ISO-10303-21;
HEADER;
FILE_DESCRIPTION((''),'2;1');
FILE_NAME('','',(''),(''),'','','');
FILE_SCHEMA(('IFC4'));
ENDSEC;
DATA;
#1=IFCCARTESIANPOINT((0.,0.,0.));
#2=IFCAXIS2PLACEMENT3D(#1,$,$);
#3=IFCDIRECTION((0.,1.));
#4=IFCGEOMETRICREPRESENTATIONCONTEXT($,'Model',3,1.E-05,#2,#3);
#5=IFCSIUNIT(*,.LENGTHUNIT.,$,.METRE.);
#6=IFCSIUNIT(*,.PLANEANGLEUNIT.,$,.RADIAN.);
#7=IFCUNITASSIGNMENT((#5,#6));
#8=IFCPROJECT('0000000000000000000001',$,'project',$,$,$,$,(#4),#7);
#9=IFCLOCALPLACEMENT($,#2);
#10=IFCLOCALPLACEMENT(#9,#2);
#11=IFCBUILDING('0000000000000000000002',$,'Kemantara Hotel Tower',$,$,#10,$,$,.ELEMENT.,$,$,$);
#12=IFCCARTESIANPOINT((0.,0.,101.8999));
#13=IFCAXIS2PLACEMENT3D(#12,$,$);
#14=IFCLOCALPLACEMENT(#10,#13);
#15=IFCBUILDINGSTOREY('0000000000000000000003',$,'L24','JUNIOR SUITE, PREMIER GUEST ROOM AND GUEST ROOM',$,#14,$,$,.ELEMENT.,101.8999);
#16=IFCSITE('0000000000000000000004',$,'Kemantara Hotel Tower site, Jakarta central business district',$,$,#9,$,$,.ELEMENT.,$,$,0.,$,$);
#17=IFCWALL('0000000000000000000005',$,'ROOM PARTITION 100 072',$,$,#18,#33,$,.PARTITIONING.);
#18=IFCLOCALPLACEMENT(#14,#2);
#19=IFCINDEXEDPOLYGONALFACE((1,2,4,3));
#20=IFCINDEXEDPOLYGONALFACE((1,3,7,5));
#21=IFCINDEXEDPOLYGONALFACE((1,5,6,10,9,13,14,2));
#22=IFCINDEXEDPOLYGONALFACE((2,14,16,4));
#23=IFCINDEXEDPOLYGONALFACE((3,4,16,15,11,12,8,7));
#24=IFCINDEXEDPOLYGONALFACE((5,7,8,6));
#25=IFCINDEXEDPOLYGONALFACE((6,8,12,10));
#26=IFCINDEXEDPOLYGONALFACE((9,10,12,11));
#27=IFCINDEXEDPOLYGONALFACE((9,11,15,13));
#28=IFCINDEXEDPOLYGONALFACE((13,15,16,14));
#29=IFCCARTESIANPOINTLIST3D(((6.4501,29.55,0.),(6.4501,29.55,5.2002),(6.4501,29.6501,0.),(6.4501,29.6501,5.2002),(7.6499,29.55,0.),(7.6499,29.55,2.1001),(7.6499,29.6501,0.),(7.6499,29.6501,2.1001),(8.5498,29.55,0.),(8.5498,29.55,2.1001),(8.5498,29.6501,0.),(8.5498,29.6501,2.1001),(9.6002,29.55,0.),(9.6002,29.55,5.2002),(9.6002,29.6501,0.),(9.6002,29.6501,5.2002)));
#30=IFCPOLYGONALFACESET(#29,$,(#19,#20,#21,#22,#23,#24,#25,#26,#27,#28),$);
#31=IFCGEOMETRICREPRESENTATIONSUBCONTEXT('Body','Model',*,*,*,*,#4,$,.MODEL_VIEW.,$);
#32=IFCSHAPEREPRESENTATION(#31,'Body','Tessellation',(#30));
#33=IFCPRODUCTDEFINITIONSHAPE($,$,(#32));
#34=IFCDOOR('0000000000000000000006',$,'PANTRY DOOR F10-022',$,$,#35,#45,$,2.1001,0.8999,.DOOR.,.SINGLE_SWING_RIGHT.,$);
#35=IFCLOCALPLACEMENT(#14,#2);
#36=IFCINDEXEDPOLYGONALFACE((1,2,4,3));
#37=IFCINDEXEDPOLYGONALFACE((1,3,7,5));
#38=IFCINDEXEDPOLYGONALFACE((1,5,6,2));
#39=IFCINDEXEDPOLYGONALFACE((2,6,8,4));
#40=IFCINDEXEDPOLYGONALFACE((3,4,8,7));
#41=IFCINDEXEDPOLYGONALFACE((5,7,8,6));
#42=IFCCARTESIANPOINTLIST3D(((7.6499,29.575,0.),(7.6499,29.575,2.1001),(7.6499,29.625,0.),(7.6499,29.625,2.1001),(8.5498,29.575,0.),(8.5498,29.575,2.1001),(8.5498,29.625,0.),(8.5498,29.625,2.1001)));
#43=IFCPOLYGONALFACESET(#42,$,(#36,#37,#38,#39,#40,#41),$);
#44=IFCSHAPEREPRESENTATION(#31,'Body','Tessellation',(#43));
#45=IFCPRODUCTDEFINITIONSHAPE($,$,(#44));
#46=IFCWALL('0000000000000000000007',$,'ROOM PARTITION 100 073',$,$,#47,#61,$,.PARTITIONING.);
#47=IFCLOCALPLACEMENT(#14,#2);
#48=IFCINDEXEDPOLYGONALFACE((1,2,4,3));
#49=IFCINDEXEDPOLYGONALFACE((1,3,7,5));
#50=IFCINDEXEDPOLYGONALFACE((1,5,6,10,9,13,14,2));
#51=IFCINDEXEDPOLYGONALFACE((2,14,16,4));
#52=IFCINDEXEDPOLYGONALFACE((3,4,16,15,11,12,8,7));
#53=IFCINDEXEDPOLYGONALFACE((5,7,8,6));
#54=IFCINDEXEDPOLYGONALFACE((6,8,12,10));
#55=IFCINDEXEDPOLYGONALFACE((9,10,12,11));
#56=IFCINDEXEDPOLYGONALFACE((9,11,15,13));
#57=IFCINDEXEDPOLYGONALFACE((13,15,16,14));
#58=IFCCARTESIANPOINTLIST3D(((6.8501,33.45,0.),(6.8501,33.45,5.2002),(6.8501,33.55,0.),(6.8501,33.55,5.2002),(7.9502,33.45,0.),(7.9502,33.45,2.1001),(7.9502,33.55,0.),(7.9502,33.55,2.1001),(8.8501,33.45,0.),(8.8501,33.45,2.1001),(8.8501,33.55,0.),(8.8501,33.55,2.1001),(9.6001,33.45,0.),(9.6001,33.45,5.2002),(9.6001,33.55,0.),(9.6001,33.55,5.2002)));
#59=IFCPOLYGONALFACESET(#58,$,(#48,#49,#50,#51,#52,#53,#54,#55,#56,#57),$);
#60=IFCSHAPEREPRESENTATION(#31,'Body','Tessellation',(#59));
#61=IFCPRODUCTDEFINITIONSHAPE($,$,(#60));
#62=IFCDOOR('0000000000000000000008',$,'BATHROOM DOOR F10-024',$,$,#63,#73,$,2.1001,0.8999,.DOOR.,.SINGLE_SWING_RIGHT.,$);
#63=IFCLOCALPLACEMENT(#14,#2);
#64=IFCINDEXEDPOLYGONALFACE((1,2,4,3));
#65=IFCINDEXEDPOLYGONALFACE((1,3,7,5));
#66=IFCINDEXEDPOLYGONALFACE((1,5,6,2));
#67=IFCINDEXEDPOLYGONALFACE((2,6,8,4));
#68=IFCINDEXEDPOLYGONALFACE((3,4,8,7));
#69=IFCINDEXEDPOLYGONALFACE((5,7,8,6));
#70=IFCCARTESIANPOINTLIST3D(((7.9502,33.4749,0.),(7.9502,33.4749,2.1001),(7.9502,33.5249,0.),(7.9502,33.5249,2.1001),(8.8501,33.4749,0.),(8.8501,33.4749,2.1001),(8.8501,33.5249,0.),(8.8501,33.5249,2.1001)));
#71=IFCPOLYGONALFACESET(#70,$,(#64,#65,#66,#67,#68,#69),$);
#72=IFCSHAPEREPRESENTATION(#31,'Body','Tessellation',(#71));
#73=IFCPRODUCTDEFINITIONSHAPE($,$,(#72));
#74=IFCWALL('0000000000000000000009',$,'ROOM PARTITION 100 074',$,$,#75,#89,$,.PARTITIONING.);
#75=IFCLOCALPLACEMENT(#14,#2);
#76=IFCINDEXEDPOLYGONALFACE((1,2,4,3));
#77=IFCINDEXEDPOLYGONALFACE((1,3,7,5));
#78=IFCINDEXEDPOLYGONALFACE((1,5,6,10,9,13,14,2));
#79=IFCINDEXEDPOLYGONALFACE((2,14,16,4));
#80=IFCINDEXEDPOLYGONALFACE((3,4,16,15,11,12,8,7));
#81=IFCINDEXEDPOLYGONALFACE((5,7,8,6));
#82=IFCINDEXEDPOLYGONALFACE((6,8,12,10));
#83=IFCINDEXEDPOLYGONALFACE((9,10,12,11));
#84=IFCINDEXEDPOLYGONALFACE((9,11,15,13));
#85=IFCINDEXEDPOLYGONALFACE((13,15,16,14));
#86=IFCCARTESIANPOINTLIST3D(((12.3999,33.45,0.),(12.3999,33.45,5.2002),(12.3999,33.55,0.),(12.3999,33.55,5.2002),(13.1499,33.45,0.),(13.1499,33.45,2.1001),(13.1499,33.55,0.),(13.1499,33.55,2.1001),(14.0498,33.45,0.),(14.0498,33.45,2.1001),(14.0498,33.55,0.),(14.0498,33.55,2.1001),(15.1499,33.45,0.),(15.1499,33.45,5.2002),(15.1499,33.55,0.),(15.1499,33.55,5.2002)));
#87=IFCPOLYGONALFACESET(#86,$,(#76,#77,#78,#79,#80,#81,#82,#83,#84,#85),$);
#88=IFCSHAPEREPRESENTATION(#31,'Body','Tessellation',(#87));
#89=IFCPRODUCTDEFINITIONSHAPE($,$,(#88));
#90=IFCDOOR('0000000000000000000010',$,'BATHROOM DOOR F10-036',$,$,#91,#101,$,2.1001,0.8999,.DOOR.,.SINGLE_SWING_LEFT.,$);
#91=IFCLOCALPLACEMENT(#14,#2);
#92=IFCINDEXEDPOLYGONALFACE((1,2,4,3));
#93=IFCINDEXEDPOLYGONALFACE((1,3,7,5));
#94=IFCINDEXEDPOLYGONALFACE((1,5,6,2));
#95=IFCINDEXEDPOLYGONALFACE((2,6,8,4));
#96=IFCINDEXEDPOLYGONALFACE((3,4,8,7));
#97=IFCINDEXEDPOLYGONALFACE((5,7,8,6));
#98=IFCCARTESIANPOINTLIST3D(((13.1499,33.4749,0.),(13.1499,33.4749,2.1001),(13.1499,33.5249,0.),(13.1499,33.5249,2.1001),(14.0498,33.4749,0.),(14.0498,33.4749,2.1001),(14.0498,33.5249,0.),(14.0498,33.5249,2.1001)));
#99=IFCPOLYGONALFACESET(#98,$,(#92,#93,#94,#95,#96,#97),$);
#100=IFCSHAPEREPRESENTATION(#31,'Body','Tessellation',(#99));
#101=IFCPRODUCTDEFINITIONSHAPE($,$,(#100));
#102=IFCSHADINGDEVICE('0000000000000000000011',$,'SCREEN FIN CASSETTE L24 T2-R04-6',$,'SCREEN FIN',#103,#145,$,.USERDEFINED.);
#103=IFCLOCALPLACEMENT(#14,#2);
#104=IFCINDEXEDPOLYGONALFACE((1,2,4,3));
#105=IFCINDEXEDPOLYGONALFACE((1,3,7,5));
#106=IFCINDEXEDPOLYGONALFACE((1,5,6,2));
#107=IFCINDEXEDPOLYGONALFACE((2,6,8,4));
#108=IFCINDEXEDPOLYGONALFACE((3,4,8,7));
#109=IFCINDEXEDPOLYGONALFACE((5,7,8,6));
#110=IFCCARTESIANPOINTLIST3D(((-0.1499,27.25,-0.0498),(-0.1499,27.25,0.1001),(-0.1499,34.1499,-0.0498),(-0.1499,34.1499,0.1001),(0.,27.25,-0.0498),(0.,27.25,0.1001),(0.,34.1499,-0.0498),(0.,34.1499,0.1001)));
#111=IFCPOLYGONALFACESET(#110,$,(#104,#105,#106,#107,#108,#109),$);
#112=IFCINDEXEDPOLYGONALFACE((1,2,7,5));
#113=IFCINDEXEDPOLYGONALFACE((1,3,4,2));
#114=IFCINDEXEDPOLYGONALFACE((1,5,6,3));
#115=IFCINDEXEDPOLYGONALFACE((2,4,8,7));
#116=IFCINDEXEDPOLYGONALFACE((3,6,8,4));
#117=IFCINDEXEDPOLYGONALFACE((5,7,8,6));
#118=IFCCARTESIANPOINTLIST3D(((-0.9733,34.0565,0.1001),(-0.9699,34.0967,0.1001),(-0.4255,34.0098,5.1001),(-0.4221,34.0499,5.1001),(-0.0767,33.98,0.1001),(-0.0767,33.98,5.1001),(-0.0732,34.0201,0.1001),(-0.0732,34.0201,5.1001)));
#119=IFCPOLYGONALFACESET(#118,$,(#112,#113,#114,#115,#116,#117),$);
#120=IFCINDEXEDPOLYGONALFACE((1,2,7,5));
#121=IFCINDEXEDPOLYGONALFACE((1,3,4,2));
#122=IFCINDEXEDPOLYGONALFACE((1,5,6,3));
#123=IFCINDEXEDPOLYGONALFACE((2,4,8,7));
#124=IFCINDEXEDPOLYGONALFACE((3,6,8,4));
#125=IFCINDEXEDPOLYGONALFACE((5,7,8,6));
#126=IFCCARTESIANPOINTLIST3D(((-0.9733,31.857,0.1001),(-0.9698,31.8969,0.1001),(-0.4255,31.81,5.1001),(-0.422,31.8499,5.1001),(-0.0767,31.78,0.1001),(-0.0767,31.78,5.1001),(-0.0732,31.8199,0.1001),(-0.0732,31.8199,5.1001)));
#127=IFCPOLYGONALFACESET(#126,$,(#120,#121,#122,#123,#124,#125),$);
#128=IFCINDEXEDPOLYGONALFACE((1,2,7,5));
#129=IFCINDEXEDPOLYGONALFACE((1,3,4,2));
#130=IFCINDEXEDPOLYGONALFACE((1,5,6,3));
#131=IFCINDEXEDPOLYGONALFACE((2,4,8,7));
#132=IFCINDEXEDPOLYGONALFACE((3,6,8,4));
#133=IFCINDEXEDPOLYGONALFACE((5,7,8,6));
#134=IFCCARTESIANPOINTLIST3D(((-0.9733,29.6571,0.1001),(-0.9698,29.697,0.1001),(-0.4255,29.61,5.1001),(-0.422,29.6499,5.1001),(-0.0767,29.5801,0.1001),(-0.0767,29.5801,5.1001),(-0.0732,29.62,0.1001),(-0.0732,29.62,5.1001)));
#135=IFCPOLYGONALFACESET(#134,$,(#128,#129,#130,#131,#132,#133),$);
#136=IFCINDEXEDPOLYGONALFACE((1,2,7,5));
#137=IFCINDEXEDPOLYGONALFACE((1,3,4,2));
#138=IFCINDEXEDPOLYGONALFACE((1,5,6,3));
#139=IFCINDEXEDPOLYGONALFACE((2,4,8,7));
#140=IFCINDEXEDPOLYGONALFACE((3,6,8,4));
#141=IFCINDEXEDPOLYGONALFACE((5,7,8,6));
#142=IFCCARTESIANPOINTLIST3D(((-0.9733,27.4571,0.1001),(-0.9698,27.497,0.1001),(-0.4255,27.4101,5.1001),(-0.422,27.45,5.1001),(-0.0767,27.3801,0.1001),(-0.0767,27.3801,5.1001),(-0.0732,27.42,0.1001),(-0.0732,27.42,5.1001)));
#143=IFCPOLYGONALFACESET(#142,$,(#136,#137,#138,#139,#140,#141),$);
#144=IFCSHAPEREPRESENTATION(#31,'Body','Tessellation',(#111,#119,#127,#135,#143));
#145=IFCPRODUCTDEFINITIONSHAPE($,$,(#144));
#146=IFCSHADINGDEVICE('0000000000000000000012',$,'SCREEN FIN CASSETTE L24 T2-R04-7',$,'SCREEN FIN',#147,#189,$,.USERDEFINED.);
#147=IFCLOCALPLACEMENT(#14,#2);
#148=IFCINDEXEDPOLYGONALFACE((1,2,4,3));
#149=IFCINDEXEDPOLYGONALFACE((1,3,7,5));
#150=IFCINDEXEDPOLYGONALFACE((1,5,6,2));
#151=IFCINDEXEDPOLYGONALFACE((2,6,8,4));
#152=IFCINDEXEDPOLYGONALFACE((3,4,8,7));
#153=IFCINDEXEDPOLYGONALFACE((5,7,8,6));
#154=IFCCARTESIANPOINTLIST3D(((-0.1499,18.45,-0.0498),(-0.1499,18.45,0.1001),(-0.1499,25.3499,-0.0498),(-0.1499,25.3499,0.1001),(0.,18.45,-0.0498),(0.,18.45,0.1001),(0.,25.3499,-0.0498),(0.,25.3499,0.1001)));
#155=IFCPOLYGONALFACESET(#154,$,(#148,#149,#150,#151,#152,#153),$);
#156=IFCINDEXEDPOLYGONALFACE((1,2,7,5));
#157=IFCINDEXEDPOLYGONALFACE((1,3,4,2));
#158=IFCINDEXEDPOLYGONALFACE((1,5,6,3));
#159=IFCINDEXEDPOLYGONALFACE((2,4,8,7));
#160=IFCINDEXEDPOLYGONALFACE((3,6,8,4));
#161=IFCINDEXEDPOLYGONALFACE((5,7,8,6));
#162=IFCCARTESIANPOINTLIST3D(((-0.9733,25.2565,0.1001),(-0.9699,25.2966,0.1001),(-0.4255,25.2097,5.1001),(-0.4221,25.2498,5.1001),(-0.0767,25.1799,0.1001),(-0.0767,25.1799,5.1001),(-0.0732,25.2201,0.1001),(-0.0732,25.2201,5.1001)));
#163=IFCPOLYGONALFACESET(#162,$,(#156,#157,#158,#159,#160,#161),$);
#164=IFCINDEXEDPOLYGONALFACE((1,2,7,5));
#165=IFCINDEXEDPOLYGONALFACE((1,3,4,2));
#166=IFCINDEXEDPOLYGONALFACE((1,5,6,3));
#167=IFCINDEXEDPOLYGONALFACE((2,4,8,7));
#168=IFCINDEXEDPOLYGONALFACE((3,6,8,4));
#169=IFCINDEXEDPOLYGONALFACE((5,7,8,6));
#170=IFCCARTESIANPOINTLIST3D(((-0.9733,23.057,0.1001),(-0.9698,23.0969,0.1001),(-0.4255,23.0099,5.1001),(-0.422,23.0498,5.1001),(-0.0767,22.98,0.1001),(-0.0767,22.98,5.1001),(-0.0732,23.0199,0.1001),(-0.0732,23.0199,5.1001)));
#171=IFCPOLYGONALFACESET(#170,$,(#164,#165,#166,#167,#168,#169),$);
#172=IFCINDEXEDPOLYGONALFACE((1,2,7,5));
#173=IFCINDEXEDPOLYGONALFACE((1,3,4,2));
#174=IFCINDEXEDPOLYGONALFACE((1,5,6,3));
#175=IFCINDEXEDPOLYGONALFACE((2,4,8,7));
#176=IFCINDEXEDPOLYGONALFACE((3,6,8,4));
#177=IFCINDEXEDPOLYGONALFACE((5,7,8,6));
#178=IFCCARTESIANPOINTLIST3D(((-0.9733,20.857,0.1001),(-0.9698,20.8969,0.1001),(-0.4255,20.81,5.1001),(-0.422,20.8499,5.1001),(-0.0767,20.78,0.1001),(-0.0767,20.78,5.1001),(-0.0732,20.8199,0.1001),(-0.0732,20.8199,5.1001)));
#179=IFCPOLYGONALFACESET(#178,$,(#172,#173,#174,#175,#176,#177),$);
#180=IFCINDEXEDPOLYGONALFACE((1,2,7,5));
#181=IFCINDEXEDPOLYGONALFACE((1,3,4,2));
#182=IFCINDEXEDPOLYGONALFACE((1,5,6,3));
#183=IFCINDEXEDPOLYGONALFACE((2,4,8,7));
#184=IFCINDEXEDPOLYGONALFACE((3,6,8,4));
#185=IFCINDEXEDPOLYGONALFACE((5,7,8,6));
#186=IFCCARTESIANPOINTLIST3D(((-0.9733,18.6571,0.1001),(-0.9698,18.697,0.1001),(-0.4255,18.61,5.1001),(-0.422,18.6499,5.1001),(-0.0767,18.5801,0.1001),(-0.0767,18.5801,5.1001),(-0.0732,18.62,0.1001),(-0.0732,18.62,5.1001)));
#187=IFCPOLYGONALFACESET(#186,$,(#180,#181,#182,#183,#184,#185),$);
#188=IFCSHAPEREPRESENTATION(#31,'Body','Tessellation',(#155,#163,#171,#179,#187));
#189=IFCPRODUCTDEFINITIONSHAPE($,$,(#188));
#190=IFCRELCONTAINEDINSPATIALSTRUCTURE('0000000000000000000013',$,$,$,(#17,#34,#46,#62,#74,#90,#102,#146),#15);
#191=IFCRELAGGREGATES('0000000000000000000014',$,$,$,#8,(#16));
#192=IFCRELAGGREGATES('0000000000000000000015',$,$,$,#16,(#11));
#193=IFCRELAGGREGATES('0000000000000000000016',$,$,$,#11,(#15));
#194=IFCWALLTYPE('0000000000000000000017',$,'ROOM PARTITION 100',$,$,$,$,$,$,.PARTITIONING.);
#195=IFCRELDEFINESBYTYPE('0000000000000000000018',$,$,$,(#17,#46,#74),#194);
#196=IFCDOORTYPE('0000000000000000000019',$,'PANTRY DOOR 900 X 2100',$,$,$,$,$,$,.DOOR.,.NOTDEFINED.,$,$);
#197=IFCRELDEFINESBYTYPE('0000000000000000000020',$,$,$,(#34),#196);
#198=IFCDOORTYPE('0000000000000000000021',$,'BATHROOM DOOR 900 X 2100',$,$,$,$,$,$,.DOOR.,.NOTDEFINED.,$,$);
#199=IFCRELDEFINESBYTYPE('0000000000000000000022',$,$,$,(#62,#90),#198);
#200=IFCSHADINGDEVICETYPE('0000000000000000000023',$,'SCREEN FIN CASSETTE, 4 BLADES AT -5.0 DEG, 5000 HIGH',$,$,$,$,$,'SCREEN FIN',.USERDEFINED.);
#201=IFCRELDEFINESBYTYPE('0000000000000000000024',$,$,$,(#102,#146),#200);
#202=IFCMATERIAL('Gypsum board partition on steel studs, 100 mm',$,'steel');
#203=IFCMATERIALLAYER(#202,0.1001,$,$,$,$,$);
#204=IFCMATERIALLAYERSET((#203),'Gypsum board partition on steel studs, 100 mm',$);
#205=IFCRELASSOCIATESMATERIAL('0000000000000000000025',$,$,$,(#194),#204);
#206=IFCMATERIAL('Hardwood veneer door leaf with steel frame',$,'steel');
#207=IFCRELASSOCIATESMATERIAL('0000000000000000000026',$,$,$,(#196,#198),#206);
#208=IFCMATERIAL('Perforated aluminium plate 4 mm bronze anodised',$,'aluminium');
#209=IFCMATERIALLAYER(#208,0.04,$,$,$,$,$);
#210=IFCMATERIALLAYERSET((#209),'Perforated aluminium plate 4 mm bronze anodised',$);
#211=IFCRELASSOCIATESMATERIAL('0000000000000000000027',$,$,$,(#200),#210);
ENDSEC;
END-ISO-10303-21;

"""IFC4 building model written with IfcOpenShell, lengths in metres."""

from ifc_helpers import new_model, si_unit, direction, frame, frame_2d, origin, origin_2d, place, context, subcontext, project, spatial, polyline, rectangle, outline, extrude, source, transform, mapped, material, layer, layer_set, type_object, element, fill, save


model = new_model("IFC4")

# Units and contexts
model_context = context("Model", 3, precision=1e-05, world=origin(), true_north=direction((0.0, 1.0)))
body_context = subcontext(model_context, "Body", "Model", "MODEL_VIEW")
ifc_project = project(units=[si_unit("LENGTHUNIT", "METRE"), si_unit("PLANEANGLEUNIT", "RADIAN")], contexts=[model_context])

# Site, building, storey
site_placement = place(None, origin())
site = spatial("IfcSite", under=ifc_project, at=site_placement, Name="Kemantara Hotel Tower site, Jakarta central business district", CompositionType="ELEMENT", RefElevation=0.0)
building_placement = place(site_placement, origin())
building = spatial("IfcBuilding", under=site, at=building_placement, Name="Kemantara Hotel Tower", CompositionType="ELEMENT")
storey_placement = place(building_placement, frame((0.0, 0.0, 101.8999)))
storey = spatial("IfcBuildingStorey", under=building, at=storey_placement, Name="L24", Description="JUNIOR SUITE, PREMIER GUEST ROOM AND GUEST ROOM", CompositionType="ELEMENT", Elevation=101.8999)

# Shared definitions
ifc_material_1 = material(Name="Hardwood veneer door leaf with steel frame", Category="steel")

# Shared definitions
ifc_material_2 = material(Name="Gypsum board partition on steel studs, 100 mm", Category="steel")
ifc_layer_1 = layer(ifc_material_2, 0.1001)
ifc_layer_set_1 = layer_set([ifc_layer_1], Name="Gypsum board partition on steel studs, 100 mm")
wall_type_1 = type_object("IfcWallType", Name="ROOM PARTITION 100", PredefinedType="PARTITIONING", material=ifc_layer_set_1)

# Walls, openings, doors
wall_1_placement = place(storey_placement, frame((6.45, 29.6001, 0.0), z_axis=(0.0, 0.0, 1.0), x_axis=(1.0, 0.0, 0.0)))
wall_1 = element("IfcWall", 1, at=wall_1_placement, inside=storey, type_object=wall_type_1, Name="ROOM PARTITION 100 072", PredefinedType="PARTITIONING", context=body_context, shape_type="SweptSolid", body=[
    extrude(rectangle(XDim=3.1501, YDim=0.1001, at=frame_2d((1.5752, 0.0))), origin(), (0.0, 0.0, 1.0), 5.2002),
])
opening_1_placement = place(wall_1_placement, frame((1.2, 0.0, 0.0)))
opening_1 = element("IfcOpeningElement", 2, at=opening_1_placement, cuts=wall_1, PredefinedType="OPENING", context=body_context, shape_type="SweptSolid", body=[
    extrude(rectangle(XDim=0.8999, YDim=2.1001, at=frame_2d((0.45, 1.05))), frame((0.0, 0.0601, 0.0), z_axis=(0.0, -1.0, 0.0), x_axis=(1.0, 0.0, 0.0)), (0.0, 0.0, 1.0), 0.1201),
])
door_type_1 = type_object("IfcDoorType", Name="PANTRY DOOR 900 X 2100", OperationType="NOTDEFINED", PredefinedType="DOOR", material=ifc_material_1)
door_1_placement = place(opening_1_placement, origin())
door_1 = element("IfcDoor", 3, at=door_1_placement, inside=storey, type_object=door_type_1, Name="PANTRY DOOR F10-022", OperationType="SINGLE_SWING_RIGHT", OverallHeight=2.1001, OverallWidth=0.8999, PredefinedType="DOOR", context=body_context, shape_type="SweptSolid", body=[
    extrude(rectangle(XDim=0.8999, YDim=2.1001, at=frame_2d((0.45, 1.05))), frame((0.0, 0.0249, 0.0), z_axis=(0.0, -1.0, 0.0), x_axis=(1.0, 0.0, 0.0)), (0.0, 0.0, 1.0), 0.05),
])
fill(opening_1, door_1)
wall_2_placement = place(storey_placement, frame((6.8501, 33.5, 0.0), z_axis=(0.0, 0.0, 1.0), x_axis=(1.0, 0.0, 0.0)))
wall_2 = element("IfcWall", 4, at=wall_2_placement, inside=storey, type_object=wall_type_1, Name="ROOM PARTITION 100 073", PredefinedType="PARTITIONING", context=body_context, shape_type="SweptSolid", body=[
    extrude(rectangle(XDim=2.75, YDim=0.1001, at=frame_2d((1.375, 0.0))), origin(), (0.0, 0.0, 1.0), 5.2002),
])
opening_2_placement = place(wall_2_placement, frame((1.1001, 0.0, 0.0)))
opening_2 = element("IfcOpeningElement", 5, at=opening_2_placement, cuts=wall_2, PredefinedType="OPENING", context=body_context, shape_type="SweptSolid", body=[
    extrude(rectangle(XDim=0.8999, YDim=2.1001, at=frame_2d((0.45, 1.05))), frame((0.0, 0.0601, 0.0), z_axis=(0.0, -1.0, 0.0), x_axis=(1.0, 0.0, 0.0)), (0.0, 0.0, 1.0), 0.1201),
])
door_type_2 = type_object("IfcDoorType", Name="BATHROOM DOOR 900 X 2100", OperationType="NOTDEFINED", PredefinedType="DOOR", material=ifc_material_1)
door_2_placement = place(opening_2_placement, origin())
door_2 = element("IfcDoor", 6, at=door_2_placement, inside=storey, type_object=door_type_2, Name="BATHROOM DOOR F10-024", OperationType="SINGLE_SWING_RIGHT", OverallHeight=2.1001, OverallWidth=0.8999, PredefinedType="DOOR", context=body_context, shape_type="SweptSolid", body=[
    extrude(rectangle(XDim=0.8999, YDim=2.1001, at=frame_2d((0.45, 1.05))), frame((0.0, 0.0249, 0.0), z_axis=(0.0, -1.0, 0.0), x_axis=(1.0, 0.0, 0.0)), (0.0, 0.0, 1.0), 0.05),
])
fill(opening_2, door_2)
wall_3_placement = place(storey_placement, frame((12.3999, 33.5, 0.0), z_axis=(0.0, 0.0, 1.0), x_axis=(1.0, 0.0, 0.0)))
wall_3 = element("IfcWall", 7, at=wall_3_placement, inside=storey, type_object=wall_type_1, Name="ROOM PARTITION 100 074", PredefinedType="PARTITIONING", context=body_context, shape_type="SweptSolid", body=[
    extrude(rectangle(XDim=2.75, YDim=0.1001, at=frame_2d((1.375, 0.0))), origin(), (0.0, 0.0, 1.0), 5.2002),
])
opening_3_placement = place(wall_3_placement, frame((0.75, 0.0, 0.0)))
opening_3 = element("IfcOpeningElement", 8, at=opening_3_placement, cuts=wall_3, PredefinedType="OPENING", context=body_context, shape_type="SweptSolid", body=[
    extrude(rectangle(XDim=0.8999, YDim=2.1001, at=frame_2d((0.45, 1.05))), frame((0.0, 0.0601, 0.0), z_axis=(0.0, -1.0, 0.0), x_axis=(1.0, 0.0, 0.0)), (0.0, 0.0, 1.0), 0.1201),
])
door_3_placement = place(opening_3_placement, origin())
door_3 = element("IfcDoor", 9, at=door_3_placement, inside=storey, type_object=door_type_2, Name="BATHROOM DOOR F10-036", OperationType="SINGLE_SWING_LEFT", OverallHeight=2.1001, OverallWidth=0.8999, PredefinedType="DOOR", context=body_context, shape_type="SweptSolid", body=[
    extrude(rectangle(XDim=0.8999, YDim=2.1001, at=frame_2d((0.45, 1.05))), frame((0.0, 0.0249, 0.0), z_axis=(0.0, -1.0, 0.0), x_axis=(1.0, 0.0, 0.0)), (0.0, 0.0, 1.0), 0.05),
])
fill(opening_3, door_3)

# Shading devices
ifc_material_3 = material(Name="Perforated aluminium plate 4 mm bronze anodised", Category="aluminium")
ifc_layer_2 = layer(ifc_material_3, 0.04)
ifc_layer_set_2 = layer_set([ifc_layer_2], Name="Perforated aluminium plate 4 mm bronze anodised")
shading_device_type = type_object("IfcShadingDeviceType", Name="SCREEN FIN CASSETTE, 4 BLADES AT -5.0 DEG, 5000 HIGH", ElementType="SCREEN FIN", PredefinedType="USERDEFINED", material=ifc_layer_set_2)
shared_shape = source(origin(), body_context, "Body", "SweptSolid", [
    extrude(rectangle(XDim=6.8999, YDim=0.1499, at=origin_2d()), frame((3.3, -0.075, -0.1499), z_axis=(0.0, 0.0, 1.0), x_axis=(1.0, 0.0, 0.0)), (0.0, 0.0, 1.0), 0.1499),
    extrude(outline(polyline([(0.0, 0.0), (0.8999, 0.0), (0.3501, 5.0), (0.0, 5.0), (0.0, 0.0)])), frame((0.02, -0.0767, 0.0), z_axis=(-0.996376, 0.085056, 0.0), x_axis=(-0.085056, -0.996376, 0.0)), (0.0, 0.0, 1.0), 0.0403),
    extrude(outline(polyline([(0.0, 0.0), (0.8999, 0.0), (0.3501, 5.0), (0.0, 5.0), (0.0, 0.0)])), frame((2.22, -0.0767, 0.0), z_axis=(-0.996332, 0.085575, 0.0), x_axis=(-0.085575, -0.996332, 0.0)), (0.0, 0.0, 1.0), 0.04),
    extrude(outline(polyline([(0.0, 0.0), (0.8999, 0.0), (0.3501, 5.0), (0.0, 5.0), (0.0, 0.0)])), frame((4.4199, -0.0767, 0.0), z_axis=(-0.996332, 0.085575, 0.0), x_axis=(-0.085575, -0.996332, 0.0)), (0.0, 0.0, 1.0), 0.04),
    extrude(outline(polyline([(0.0, 0.0), (0.8999, 0.0), (0.3501, 5.0), (0.0, 5.0), (0.0, 0.0)])), frame((6.6199, -0.0767, 0.0), z_axis=(-0.996332, 0.085575, 0.0), x_axis=(-0.085575, -0.996332, 0.0)), (0.0, 0.0, 1.0), 0.04),
])
for number, where, z_axis, x_axis, name in (
    (10, (0.0, 34.0, 0.1001), (0.0, 0.0, 1.0), (0.0, -1.0, 0.0), "SCREEN FIN CASSETTE L24 T2-R04-6"),
    (11, (0.0, 25.2, 0.1001), (0.0, 0.0, 1.0), (0.0, -1.0, 0.0), "SCREEN FIN CASSETTE L24 T2-R04-7"),
):
    element("IfcShadingDevice", number, at=place(storey_placement, frame(where, z_axis=z_axis, x_axis=x_axis)), inside=storey, type_object=shading_device_type, Name=name, ObjectType="SCREEN FIN", PredefinedType="USERDEFINED", context=body_context, shape_type="MappedRepresentation", body=[
        mapped(shared_shape, transform((0.0, 0.0, 0.0))),
    ])

save(model, "model.ifc")
